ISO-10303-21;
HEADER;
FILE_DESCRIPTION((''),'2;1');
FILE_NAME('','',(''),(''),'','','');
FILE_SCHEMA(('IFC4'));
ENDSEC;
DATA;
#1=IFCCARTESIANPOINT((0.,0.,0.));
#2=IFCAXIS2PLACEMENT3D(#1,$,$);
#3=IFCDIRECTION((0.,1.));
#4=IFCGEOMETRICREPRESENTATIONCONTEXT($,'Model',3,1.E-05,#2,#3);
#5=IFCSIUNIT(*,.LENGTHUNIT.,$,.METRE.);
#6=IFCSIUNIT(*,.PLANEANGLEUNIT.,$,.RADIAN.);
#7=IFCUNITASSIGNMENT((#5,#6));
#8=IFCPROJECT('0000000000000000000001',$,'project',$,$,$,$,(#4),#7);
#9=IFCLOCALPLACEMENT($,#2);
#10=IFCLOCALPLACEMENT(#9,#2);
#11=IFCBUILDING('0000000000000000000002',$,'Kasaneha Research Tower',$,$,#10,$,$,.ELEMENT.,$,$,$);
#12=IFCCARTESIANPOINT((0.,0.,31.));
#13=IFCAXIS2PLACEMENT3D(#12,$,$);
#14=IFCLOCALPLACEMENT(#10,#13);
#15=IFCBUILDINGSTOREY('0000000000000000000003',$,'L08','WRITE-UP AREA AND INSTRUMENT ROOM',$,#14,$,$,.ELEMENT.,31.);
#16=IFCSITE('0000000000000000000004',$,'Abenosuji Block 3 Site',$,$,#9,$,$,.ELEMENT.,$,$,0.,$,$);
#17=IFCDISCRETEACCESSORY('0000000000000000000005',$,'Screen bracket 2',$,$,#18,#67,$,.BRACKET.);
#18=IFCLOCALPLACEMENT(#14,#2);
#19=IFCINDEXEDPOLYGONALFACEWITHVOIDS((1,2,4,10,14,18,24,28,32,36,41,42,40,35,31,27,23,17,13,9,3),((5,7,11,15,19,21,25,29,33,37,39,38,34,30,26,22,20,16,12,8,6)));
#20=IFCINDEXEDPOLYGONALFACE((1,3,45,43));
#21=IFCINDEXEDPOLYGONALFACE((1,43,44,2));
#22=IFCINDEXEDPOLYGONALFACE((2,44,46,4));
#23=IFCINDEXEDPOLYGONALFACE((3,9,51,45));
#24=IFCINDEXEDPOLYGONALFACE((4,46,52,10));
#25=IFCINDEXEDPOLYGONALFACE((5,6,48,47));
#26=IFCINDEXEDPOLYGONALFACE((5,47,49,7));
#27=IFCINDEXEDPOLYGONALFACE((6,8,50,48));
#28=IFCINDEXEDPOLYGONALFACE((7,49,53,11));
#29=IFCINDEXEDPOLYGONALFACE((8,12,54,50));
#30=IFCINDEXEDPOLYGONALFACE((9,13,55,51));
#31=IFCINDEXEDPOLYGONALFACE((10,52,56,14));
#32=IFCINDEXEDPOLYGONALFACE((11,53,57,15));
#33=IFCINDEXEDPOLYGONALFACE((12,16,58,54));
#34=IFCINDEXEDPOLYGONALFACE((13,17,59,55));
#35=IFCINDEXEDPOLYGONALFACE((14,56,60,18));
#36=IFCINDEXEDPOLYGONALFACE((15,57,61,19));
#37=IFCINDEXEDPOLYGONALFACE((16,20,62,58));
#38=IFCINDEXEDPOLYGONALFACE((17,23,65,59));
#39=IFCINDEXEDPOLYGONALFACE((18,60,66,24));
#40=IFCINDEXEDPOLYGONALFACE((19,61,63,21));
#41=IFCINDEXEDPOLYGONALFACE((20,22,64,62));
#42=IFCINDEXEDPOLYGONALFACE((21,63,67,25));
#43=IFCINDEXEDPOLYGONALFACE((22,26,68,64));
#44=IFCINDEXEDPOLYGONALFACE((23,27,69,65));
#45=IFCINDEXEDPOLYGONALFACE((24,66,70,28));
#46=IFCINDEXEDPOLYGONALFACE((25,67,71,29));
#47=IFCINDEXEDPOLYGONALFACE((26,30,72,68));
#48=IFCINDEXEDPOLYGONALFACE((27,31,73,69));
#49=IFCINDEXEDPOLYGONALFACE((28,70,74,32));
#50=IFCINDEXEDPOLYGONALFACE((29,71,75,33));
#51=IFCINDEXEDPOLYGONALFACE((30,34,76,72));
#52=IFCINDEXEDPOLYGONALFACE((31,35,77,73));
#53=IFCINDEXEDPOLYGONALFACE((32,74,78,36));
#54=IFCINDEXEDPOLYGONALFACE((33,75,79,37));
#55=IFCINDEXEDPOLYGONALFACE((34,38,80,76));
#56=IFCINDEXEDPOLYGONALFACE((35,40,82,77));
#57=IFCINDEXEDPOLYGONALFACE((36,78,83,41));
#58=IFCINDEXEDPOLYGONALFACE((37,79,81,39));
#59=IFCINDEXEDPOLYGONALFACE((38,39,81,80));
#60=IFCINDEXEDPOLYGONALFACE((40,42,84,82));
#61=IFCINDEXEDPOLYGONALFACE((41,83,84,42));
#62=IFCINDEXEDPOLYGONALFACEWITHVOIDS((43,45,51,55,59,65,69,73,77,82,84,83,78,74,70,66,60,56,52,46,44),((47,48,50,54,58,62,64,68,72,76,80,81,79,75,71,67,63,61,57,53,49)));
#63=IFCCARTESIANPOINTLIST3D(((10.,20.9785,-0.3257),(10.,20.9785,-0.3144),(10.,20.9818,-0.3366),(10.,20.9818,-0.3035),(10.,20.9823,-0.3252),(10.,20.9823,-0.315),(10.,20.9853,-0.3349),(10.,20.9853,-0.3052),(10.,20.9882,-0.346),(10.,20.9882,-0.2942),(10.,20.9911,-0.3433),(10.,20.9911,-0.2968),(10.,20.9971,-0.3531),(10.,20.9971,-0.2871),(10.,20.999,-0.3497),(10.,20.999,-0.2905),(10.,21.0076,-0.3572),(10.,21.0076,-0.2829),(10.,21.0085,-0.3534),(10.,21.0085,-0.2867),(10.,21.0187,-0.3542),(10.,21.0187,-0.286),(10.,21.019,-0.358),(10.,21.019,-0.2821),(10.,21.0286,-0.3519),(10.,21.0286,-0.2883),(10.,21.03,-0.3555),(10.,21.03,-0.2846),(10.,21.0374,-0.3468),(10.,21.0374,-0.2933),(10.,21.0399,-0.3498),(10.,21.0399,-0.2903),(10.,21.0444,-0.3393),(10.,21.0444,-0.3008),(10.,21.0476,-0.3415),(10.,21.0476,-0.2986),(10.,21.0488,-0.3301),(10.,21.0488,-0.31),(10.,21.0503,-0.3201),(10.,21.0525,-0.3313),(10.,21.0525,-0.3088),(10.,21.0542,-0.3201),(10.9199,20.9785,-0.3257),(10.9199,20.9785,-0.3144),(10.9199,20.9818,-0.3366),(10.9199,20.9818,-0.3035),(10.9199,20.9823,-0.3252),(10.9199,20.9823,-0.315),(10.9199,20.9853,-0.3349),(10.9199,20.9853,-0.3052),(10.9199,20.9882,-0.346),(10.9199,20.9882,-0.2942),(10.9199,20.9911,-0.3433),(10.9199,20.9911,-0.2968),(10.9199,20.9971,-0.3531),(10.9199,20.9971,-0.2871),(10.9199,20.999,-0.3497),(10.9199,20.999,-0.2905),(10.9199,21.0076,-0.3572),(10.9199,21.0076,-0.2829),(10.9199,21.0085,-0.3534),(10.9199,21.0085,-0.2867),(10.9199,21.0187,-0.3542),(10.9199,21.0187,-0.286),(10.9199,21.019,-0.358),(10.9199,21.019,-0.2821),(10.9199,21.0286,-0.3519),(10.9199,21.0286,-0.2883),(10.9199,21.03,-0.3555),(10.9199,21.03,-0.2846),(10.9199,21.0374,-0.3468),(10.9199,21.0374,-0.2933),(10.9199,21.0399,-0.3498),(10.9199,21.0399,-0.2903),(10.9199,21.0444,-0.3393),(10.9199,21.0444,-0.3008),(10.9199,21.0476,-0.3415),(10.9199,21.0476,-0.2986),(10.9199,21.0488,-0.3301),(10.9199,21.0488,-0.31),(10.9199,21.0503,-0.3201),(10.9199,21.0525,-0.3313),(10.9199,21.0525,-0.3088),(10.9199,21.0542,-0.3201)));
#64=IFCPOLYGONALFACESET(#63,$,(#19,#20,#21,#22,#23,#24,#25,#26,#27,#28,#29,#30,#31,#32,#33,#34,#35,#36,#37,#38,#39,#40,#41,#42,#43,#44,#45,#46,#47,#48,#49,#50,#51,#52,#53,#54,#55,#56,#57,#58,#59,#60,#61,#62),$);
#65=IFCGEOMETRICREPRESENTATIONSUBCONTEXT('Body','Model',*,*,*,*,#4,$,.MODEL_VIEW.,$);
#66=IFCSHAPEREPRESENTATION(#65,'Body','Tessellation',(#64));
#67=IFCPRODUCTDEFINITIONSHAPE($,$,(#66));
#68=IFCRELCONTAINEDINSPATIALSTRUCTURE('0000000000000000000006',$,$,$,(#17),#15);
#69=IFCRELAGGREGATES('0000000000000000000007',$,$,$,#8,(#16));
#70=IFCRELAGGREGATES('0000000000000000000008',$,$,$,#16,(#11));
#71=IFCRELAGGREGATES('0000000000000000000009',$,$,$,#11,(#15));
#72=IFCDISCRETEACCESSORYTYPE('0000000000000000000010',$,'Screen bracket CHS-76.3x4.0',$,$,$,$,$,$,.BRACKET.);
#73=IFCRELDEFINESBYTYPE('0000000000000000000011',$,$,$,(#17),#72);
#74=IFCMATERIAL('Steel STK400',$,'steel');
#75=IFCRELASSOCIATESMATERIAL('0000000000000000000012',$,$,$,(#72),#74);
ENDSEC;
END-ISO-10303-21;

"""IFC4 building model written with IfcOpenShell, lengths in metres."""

from ifc_helpers import new_model, si_unit, direction, frame, origin, origin_2d, place, context, subcontext, project, spatial, hollow_circle, extrude, material, material_profile, profile_set, type_object, element, save


model = new_model("IFC4")

# Units and contexts
model_context = context("Model", 3, precision=1e-05, world=origin(), true_north=direction((0.0, 1.0)))
body_context = subcontext(model_context, "Body", "Model", "MODEL_VIEW")
ifc_project = project(units=[si_unit("LENGTHUNIT", "METRE"), si_unit("PLANEANGLEUNIT", "RADIAN")], contexts=[model_context])

# Site, building, storey
site_placement = place(None, origin())
site = spatial("IfcSite", under=ifc_project, at=site_placement, Name="Abenosuji Block 3 Site", CompositionType="ELEMENT", RefElevation=0.0)
building_placement = place(site_placement, origin())
building = spatial("IfcBuilding", under=site, at=building_placement, Name="Kasaneha Research Tower", CompositionType="ELEMENT")
storey_placement = place(building_placement, frame((0.0, 0.0, 31.0)))
storey = spatial("IfcBuildingStorey", under=building, at=storey_placement, Name="L08", Description="WRITE-UP AREA AND INSTRUMENT ROOM", CompositionType="ELEMENT", Elevation=31.0)

# Discrete accessory
ifc_material_1 = material(Name="Steel STK400", Category="steel")
ifc_material_profile_1 = material_profile(ifc_material_1, hollow_circle(Radius=0.0381, WallThickness=0.0039, at=origin_2d()), Name="CHS-76.3x4.0")
ifc_profile_set_1 = profile_set([ifc_material_profile_1], Name="Steel STK400")
discrete_accessory_type = type_object("IfcDiscreteAccessoryType", Name="Screen bracket CHS-76.3x4.0", PredefinedType="BRACKET", material=ifc_profile_set_1)
for number, where, z_axis, x_axis, name in (
    (1, (10.0, 21.0161, -0.3201), (1.0, 0.0, 0.0), (0.0, 1.0, 0.0), "Screen bracket 2"),
):
    element("IfcDiscreteAccessory", number, at=place(storey_placement, frame(where, z_axis=z_axis, x_axis=x_axis)), inside=storey, type_object=discrete_accessory_type, Name=name, PredefinedType="BRACKET", context=body_context, shape_type="SweptSolid", body=[
        extrude(hollow_circle(Radius=0.0381, WallThickness=0.0039, at=origin_2d()), origin(), (0.0, 0.0, 1.0), 0.9199),
    ])

save(model, "model.ifc")
